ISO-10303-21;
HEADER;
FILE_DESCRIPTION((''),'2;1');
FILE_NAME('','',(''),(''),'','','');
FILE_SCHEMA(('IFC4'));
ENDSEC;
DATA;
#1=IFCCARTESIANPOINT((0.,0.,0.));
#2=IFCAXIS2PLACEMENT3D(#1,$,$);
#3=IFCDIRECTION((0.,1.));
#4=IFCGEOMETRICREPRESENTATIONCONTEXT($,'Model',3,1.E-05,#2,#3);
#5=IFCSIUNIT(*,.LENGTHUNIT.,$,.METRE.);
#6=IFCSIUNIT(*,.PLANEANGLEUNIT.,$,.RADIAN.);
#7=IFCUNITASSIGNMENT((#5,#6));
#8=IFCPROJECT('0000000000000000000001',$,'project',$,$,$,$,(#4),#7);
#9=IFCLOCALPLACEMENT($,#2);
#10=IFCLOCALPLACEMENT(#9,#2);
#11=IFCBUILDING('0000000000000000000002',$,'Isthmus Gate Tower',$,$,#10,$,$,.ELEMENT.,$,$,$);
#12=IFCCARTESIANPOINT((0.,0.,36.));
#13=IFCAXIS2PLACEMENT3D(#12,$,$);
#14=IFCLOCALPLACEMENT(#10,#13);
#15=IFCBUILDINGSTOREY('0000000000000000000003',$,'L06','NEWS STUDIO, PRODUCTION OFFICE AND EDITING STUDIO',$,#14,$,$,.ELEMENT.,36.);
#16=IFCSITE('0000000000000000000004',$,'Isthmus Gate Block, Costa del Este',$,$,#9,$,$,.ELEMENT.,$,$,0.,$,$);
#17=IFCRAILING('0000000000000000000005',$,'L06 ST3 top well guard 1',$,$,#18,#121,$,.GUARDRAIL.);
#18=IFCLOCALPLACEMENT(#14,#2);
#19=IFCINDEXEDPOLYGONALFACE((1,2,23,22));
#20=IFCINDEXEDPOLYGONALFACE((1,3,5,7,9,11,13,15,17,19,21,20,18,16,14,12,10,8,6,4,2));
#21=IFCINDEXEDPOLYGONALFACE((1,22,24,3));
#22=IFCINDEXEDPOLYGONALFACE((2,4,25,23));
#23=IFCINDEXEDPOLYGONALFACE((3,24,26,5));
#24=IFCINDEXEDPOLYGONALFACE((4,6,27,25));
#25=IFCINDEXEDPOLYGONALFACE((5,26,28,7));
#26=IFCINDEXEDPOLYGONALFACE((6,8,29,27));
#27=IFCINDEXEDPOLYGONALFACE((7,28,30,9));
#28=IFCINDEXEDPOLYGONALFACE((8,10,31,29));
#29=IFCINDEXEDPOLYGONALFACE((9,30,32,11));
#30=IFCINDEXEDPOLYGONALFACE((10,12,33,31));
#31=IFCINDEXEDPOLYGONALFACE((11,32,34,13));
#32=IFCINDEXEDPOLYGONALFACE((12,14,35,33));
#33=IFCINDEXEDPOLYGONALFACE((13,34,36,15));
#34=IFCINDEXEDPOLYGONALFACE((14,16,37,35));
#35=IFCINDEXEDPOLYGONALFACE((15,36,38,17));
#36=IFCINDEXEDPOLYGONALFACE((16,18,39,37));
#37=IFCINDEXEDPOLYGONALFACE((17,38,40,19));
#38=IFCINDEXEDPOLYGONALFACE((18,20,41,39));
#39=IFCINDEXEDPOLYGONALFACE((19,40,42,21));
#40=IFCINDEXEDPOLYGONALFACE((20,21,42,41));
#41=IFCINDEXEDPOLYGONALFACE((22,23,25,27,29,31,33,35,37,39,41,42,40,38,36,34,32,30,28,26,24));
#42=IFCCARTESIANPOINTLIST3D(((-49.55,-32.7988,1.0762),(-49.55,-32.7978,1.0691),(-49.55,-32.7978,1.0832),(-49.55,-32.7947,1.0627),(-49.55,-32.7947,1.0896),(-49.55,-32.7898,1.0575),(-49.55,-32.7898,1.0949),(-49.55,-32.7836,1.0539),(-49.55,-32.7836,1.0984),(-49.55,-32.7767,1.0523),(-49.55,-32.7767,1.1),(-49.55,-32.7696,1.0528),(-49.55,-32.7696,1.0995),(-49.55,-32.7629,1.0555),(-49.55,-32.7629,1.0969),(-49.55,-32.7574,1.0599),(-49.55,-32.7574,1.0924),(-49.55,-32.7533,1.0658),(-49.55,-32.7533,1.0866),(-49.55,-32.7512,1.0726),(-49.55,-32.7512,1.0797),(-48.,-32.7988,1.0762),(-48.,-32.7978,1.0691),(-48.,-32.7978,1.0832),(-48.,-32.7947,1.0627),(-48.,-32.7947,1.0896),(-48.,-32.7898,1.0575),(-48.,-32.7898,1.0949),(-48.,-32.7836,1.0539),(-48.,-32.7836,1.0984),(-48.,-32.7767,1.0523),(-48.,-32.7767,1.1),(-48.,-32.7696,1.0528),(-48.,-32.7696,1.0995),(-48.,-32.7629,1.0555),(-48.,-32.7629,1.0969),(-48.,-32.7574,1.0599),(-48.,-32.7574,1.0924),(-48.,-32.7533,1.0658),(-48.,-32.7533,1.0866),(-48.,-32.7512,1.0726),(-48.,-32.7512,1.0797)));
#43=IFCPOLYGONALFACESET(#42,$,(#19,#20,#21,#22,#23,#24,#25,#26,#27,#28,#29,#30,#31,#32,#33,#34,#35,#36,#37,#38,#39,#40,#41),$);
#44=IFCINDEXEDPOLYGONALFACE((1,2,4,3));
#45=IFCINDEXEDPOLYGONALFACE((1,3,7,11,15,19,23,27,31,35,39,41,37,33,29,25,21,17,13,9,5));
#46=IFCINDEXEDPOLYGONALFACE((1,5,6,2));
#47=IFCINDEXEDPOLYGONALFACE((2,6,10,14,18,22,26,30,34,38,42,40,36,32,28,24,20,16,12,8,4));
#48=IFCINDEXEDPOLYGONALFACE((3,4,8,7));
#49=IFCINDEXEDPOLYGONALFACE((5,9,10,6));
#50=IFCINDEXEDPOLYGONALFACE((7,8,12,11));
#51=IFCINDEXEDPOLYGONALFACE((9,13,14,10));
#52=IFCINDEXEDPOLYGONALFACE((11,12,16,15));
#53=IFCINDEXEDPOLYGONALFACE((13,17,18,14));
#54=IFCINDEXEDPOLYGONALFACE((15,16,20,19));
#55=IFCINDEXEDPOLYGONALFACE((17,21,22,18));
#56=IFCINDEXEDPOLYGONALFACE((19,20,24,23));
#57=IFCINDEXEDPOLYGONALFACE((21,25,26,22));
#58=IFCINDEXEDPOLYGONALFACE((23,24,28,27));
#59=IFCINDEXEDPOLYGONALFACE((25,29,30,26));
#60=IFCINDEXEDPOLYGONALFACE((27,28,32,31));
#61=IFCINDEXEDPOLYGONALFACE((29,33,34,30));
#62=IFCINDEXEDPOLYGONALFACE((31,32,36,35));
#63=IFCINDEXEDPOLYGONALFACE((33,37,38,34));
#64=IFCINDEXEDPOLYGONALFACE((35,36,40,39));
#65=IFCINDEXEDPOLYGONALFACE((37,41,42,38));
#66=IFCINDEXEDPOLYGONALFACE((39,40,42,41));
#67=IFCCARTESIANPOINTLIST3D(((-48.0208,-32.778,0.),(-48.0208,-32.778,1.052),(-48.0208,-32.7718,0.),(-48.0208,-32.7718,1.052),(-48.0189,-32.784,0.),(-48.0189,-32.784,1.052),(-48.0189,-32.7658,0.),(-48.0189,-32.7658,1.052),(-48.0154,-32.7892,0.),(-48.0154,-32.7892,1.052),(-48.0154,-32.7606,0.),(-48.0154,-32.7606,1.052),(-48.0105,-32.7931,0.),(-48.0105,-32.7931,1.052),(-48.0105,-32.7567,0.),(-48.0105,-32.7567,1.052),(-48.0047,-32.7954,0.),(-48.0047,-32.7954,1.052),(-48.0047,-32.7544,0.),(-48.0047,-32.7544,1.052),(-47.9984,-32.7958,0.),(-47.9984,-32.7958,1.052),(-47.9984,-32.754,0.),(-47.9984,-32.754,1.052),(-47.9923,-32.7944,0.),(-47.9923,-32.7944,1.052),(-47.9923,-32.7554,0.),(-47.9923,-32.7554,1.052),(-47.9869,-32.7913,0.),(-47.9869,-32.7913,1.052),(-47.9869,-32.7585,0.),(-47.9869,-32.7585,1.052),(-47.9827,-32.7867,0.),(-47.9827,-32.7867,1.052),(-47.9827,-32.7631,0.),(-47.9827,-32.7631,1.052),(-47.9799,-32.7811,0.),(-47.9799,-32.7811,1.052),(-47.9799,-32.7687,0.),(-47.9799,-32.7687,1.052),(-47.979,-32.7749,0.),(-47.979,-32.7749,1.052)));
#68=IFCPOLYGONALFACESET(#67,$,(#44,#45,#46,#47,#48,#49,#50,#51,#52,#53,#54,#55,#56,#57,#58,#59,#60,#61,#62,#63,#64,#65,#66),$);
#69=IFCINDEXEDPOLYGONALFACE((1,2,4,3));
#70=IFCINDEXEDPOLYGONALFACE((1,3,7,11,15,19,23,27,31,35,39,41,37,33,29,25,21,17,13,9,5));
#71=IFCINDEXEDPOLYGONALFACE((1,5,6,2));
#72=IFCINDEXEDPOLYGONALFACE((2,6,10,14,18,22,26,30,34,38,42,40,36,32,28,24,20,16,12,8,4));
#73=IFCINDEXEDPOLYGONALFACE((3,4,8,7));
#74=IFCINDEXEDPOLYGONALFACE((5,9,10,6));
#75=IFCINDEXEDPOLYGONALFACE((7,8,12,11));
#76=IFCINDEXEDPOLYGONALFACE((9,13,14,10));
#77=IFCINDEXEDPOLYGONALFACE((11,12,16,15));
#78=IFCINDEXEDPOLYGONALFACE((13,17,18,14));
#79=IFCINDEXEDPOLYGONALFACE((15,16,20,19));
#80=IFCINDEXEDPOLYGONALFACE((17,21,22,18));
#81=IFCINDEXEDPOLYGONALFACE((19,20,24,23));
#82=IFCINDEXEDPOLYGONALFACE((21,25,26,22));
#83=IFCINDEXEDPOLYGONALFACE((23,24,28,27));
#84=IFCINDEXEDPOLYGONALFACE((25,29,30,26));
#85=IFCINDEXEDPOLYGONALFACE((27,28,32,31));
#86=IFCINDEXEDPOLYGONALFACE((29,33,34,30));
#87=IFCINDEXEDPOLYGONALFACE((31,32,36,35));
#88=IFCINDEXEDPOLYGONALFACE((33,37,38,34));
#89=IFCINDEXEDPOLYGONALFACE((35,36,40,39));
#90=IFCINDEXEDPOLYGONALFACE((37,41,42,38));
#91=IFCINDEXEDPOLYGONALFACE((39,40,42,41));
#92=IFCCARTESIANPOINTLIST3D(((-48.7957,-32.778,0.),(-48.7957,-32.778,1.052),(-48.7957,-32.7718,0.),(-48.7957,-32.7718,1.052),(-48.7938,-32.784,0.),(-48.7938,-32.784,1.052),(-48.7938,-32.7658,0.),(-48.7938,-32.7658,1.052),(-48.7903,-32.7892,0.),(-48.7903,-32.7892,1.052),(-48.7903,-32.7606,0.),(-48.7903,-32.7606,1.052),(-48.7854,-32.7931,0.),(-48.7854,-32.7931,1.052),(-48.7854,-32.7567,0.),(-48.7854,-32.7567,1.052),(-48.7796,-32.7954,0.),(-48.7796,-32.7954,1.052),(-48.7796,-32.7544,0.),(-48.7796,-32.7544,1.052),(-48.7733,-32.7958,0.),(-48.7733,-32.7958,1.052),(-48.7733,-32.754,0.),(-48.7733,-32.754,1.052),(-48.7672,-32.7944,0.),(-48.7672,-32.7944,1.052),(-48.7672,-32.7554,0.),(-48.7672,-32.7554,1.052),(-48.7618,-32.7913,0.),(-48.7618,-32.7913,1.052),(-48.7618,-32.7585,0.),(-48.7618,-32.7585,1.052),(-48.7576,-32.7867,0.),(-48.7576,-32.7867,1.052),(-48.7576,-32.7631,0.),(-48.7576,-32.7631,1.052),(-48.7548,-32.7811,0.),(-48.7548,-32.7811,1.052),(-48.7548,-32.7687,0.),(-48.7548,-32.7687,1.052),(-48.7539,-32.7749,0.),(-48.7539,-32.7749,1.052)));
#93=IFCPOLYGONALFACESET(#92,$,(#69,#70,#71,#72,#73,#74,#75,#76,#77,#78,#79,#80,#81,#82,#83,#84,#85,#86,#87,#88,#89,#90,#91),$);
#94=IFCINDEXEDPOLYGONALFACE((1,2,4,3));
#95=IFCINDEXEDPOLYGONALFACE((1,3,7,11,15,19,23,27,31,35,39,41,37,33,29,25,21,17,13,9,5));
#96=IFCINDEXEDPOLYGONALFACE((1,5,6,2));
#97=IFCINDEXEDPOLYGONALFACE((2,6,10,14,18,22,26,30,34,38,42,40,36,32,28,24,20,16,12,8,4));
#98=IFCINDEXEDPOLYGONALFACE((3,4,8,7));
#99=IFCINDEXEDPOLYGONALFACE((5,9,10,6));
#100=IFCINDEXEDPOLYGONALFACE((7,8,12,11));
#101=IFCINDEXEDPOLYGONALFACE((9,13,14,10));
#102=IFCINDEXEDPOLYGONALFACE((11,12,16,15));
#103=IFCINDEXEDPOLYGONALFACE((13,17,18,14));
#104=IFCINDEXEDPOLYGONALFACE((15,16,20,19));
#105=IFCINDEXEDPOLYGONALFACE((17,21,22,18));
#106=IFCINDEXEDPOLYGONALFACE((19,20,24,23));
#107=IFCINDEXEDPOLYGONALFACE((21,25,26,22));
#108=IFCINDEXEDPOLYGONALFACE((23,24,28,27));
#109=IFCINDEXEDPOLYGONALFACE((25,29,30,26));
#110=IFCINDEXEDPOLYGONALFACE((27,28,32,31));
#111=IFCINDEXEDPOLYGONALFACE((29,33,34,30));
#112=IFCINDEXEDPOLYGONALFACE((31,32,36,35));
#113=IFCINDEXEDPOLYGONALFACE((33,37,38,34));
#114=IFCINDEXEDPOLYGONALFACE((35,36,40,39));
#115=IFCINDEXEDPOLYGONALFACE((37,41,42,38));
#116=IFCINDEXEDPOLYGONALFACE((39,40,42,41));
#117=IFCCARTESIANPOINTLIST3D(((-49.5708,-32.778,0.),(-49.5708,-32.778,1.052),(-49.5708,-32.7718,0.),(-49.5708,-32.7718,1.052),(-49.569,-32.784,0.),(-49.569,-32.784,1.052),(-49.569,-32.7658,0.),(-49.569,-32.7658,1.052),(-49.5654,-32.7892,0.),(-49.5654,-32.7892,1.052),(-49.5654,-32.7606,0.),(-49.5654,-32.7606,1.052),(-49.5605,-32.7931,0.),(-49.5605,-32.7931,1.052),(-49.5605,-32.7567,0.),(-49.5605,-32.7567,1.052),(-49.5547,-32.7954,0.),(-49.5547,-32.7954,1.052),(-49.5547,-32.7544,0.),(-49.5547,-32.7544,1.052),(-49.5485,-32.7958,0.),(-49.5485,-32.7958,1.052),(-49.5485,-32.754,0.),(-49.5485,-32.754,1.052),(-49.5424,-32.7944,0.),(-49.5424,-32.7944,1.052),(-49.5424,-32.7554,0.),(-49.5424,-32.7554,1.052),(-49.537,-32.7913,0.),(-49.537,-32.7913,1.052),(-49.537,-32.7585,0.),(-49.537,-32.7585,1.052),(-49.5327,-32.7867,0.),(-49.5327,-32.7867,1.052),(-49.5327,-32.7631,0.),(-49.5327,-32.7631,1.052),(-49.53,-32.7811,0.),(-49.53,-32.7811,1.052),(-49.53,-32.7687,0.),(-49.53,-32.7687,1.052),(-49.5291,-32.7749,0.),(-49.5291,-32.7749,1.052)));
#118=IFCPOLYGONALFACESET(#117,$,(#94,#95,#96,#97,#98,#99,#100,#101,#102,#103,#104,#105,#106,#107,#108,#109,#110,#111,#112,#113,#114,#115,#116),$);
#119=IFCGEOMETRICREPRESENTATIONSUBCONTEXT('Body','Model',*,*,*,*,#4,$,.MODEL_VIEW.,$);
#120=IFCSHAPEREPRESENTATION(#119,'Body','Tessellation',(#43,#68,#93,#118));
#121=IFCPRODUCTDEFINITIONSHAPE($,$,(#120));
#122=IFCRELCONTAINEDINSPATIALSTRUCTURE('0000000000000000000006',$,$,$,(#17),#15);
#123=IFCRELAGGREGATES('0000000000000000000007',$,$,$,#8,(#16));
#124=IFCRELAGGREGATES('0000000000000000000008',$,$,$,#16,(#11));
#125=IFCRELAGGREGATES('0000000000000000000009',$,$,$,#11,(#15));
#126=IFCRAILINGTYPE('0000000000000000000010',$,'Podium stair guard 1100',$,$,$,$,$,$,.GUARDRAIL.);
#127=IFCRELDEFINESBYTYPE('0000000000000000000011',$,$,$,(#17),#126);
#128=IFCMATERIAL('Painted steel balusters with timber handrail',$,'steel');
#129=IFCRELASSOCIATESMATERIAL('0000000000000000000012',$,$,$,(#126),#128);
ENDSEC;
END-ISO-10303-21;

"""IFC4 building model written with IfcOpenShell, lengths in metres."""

from ifc_helpers import new_model, si_unit, direction, frame, origin, origin_2d, place, context, subcontext, project, spatial, circle, extrude, material, type_object, element, save


model = new_model("IFC4")

# Units and contexts
model_context = context("Model", 3, precision=1e-05, world=origin(), true_north=direction((0.0, 1.0)))
body_context = subcontext(model_context, "Body", "Model", "MODEL_VIEW")
ifc_project = project(units=[si_unit("LENGTHUNIT", "METRE"), si_unit("PLANEANGLEUNIT", "RADIAN")], contexts=[model_context])

# Site, building, storey
site_placement = place(None, origin())
site = spatial("IfcSite", under=ifc_project, at=site_placement, Name="Isthmus Gate Block, Costa del Este", CompositionType="ELEMENT", RefElevation=0.0)
building_placement = place(site_placement, origin())
building = spatial("IfcBuilding", under=site, at=building_placement, Name="Isthmus Gate Tower", CompositionType="ELEMENT")
storey_placement = place(building_placement, frame((0.0, 0.0, 36.0)))
storey = spatial("IfcBuildingStorey", under=building, at=storey_placement, Name="L06", Description="NEWS STUDIO, PRODUCTION OFFICE AND EDITING STUDIO", CompositionType="ELEMENT", Elevation=36.0)

# Railing
ifc_material_1 = material(Name="Painted steel balusters with timber handrail", Category="steel")
railing_type_1 = type_object("IfcRailingType", Name="Podium stair guard 1100", PredefinedType="GUARDRAIL", material=ifc_material_1)
railing_1_placement = place(storey_placement, frame((-48.0, -32.7749, 0.0)))
element("IfcRailing", 1, at=railing_1_placement, inside=storey, type_object=railing_type_1, Name="L06 ST3 top well guard 1", PredefinedType="GUARDRAIL", context=body_context, shape_type="SweptSolid", body=[
    extrude(circle(Radius=0.0239, at=origin_2d()), frame((0.0, 0.0, 1.0762), z_axis=(-1.0, 0.0, 0.0), x_axis=(0.0, -1.0, 0.0)), (0.0, 0.0, 1.0), 1.55),
    extrude(circle(Radius=0.021, at=origin_2d()), origin(), (0.0, 0.0, 1.0), 1.052),
    extrude(circle(Radius=0.021, at=origin_2d()), frame((-0.7749, 0.0, 0.0)), (0.0, 0.0, 1.0), 1.052),
    extrude(circle(Radius=0.021, at=origin_2d()), frame((-1.55, 0.0, 0.0)), (0.0, 0.0, 1.0), 1.052),
])

save(model, "model.ifc")
